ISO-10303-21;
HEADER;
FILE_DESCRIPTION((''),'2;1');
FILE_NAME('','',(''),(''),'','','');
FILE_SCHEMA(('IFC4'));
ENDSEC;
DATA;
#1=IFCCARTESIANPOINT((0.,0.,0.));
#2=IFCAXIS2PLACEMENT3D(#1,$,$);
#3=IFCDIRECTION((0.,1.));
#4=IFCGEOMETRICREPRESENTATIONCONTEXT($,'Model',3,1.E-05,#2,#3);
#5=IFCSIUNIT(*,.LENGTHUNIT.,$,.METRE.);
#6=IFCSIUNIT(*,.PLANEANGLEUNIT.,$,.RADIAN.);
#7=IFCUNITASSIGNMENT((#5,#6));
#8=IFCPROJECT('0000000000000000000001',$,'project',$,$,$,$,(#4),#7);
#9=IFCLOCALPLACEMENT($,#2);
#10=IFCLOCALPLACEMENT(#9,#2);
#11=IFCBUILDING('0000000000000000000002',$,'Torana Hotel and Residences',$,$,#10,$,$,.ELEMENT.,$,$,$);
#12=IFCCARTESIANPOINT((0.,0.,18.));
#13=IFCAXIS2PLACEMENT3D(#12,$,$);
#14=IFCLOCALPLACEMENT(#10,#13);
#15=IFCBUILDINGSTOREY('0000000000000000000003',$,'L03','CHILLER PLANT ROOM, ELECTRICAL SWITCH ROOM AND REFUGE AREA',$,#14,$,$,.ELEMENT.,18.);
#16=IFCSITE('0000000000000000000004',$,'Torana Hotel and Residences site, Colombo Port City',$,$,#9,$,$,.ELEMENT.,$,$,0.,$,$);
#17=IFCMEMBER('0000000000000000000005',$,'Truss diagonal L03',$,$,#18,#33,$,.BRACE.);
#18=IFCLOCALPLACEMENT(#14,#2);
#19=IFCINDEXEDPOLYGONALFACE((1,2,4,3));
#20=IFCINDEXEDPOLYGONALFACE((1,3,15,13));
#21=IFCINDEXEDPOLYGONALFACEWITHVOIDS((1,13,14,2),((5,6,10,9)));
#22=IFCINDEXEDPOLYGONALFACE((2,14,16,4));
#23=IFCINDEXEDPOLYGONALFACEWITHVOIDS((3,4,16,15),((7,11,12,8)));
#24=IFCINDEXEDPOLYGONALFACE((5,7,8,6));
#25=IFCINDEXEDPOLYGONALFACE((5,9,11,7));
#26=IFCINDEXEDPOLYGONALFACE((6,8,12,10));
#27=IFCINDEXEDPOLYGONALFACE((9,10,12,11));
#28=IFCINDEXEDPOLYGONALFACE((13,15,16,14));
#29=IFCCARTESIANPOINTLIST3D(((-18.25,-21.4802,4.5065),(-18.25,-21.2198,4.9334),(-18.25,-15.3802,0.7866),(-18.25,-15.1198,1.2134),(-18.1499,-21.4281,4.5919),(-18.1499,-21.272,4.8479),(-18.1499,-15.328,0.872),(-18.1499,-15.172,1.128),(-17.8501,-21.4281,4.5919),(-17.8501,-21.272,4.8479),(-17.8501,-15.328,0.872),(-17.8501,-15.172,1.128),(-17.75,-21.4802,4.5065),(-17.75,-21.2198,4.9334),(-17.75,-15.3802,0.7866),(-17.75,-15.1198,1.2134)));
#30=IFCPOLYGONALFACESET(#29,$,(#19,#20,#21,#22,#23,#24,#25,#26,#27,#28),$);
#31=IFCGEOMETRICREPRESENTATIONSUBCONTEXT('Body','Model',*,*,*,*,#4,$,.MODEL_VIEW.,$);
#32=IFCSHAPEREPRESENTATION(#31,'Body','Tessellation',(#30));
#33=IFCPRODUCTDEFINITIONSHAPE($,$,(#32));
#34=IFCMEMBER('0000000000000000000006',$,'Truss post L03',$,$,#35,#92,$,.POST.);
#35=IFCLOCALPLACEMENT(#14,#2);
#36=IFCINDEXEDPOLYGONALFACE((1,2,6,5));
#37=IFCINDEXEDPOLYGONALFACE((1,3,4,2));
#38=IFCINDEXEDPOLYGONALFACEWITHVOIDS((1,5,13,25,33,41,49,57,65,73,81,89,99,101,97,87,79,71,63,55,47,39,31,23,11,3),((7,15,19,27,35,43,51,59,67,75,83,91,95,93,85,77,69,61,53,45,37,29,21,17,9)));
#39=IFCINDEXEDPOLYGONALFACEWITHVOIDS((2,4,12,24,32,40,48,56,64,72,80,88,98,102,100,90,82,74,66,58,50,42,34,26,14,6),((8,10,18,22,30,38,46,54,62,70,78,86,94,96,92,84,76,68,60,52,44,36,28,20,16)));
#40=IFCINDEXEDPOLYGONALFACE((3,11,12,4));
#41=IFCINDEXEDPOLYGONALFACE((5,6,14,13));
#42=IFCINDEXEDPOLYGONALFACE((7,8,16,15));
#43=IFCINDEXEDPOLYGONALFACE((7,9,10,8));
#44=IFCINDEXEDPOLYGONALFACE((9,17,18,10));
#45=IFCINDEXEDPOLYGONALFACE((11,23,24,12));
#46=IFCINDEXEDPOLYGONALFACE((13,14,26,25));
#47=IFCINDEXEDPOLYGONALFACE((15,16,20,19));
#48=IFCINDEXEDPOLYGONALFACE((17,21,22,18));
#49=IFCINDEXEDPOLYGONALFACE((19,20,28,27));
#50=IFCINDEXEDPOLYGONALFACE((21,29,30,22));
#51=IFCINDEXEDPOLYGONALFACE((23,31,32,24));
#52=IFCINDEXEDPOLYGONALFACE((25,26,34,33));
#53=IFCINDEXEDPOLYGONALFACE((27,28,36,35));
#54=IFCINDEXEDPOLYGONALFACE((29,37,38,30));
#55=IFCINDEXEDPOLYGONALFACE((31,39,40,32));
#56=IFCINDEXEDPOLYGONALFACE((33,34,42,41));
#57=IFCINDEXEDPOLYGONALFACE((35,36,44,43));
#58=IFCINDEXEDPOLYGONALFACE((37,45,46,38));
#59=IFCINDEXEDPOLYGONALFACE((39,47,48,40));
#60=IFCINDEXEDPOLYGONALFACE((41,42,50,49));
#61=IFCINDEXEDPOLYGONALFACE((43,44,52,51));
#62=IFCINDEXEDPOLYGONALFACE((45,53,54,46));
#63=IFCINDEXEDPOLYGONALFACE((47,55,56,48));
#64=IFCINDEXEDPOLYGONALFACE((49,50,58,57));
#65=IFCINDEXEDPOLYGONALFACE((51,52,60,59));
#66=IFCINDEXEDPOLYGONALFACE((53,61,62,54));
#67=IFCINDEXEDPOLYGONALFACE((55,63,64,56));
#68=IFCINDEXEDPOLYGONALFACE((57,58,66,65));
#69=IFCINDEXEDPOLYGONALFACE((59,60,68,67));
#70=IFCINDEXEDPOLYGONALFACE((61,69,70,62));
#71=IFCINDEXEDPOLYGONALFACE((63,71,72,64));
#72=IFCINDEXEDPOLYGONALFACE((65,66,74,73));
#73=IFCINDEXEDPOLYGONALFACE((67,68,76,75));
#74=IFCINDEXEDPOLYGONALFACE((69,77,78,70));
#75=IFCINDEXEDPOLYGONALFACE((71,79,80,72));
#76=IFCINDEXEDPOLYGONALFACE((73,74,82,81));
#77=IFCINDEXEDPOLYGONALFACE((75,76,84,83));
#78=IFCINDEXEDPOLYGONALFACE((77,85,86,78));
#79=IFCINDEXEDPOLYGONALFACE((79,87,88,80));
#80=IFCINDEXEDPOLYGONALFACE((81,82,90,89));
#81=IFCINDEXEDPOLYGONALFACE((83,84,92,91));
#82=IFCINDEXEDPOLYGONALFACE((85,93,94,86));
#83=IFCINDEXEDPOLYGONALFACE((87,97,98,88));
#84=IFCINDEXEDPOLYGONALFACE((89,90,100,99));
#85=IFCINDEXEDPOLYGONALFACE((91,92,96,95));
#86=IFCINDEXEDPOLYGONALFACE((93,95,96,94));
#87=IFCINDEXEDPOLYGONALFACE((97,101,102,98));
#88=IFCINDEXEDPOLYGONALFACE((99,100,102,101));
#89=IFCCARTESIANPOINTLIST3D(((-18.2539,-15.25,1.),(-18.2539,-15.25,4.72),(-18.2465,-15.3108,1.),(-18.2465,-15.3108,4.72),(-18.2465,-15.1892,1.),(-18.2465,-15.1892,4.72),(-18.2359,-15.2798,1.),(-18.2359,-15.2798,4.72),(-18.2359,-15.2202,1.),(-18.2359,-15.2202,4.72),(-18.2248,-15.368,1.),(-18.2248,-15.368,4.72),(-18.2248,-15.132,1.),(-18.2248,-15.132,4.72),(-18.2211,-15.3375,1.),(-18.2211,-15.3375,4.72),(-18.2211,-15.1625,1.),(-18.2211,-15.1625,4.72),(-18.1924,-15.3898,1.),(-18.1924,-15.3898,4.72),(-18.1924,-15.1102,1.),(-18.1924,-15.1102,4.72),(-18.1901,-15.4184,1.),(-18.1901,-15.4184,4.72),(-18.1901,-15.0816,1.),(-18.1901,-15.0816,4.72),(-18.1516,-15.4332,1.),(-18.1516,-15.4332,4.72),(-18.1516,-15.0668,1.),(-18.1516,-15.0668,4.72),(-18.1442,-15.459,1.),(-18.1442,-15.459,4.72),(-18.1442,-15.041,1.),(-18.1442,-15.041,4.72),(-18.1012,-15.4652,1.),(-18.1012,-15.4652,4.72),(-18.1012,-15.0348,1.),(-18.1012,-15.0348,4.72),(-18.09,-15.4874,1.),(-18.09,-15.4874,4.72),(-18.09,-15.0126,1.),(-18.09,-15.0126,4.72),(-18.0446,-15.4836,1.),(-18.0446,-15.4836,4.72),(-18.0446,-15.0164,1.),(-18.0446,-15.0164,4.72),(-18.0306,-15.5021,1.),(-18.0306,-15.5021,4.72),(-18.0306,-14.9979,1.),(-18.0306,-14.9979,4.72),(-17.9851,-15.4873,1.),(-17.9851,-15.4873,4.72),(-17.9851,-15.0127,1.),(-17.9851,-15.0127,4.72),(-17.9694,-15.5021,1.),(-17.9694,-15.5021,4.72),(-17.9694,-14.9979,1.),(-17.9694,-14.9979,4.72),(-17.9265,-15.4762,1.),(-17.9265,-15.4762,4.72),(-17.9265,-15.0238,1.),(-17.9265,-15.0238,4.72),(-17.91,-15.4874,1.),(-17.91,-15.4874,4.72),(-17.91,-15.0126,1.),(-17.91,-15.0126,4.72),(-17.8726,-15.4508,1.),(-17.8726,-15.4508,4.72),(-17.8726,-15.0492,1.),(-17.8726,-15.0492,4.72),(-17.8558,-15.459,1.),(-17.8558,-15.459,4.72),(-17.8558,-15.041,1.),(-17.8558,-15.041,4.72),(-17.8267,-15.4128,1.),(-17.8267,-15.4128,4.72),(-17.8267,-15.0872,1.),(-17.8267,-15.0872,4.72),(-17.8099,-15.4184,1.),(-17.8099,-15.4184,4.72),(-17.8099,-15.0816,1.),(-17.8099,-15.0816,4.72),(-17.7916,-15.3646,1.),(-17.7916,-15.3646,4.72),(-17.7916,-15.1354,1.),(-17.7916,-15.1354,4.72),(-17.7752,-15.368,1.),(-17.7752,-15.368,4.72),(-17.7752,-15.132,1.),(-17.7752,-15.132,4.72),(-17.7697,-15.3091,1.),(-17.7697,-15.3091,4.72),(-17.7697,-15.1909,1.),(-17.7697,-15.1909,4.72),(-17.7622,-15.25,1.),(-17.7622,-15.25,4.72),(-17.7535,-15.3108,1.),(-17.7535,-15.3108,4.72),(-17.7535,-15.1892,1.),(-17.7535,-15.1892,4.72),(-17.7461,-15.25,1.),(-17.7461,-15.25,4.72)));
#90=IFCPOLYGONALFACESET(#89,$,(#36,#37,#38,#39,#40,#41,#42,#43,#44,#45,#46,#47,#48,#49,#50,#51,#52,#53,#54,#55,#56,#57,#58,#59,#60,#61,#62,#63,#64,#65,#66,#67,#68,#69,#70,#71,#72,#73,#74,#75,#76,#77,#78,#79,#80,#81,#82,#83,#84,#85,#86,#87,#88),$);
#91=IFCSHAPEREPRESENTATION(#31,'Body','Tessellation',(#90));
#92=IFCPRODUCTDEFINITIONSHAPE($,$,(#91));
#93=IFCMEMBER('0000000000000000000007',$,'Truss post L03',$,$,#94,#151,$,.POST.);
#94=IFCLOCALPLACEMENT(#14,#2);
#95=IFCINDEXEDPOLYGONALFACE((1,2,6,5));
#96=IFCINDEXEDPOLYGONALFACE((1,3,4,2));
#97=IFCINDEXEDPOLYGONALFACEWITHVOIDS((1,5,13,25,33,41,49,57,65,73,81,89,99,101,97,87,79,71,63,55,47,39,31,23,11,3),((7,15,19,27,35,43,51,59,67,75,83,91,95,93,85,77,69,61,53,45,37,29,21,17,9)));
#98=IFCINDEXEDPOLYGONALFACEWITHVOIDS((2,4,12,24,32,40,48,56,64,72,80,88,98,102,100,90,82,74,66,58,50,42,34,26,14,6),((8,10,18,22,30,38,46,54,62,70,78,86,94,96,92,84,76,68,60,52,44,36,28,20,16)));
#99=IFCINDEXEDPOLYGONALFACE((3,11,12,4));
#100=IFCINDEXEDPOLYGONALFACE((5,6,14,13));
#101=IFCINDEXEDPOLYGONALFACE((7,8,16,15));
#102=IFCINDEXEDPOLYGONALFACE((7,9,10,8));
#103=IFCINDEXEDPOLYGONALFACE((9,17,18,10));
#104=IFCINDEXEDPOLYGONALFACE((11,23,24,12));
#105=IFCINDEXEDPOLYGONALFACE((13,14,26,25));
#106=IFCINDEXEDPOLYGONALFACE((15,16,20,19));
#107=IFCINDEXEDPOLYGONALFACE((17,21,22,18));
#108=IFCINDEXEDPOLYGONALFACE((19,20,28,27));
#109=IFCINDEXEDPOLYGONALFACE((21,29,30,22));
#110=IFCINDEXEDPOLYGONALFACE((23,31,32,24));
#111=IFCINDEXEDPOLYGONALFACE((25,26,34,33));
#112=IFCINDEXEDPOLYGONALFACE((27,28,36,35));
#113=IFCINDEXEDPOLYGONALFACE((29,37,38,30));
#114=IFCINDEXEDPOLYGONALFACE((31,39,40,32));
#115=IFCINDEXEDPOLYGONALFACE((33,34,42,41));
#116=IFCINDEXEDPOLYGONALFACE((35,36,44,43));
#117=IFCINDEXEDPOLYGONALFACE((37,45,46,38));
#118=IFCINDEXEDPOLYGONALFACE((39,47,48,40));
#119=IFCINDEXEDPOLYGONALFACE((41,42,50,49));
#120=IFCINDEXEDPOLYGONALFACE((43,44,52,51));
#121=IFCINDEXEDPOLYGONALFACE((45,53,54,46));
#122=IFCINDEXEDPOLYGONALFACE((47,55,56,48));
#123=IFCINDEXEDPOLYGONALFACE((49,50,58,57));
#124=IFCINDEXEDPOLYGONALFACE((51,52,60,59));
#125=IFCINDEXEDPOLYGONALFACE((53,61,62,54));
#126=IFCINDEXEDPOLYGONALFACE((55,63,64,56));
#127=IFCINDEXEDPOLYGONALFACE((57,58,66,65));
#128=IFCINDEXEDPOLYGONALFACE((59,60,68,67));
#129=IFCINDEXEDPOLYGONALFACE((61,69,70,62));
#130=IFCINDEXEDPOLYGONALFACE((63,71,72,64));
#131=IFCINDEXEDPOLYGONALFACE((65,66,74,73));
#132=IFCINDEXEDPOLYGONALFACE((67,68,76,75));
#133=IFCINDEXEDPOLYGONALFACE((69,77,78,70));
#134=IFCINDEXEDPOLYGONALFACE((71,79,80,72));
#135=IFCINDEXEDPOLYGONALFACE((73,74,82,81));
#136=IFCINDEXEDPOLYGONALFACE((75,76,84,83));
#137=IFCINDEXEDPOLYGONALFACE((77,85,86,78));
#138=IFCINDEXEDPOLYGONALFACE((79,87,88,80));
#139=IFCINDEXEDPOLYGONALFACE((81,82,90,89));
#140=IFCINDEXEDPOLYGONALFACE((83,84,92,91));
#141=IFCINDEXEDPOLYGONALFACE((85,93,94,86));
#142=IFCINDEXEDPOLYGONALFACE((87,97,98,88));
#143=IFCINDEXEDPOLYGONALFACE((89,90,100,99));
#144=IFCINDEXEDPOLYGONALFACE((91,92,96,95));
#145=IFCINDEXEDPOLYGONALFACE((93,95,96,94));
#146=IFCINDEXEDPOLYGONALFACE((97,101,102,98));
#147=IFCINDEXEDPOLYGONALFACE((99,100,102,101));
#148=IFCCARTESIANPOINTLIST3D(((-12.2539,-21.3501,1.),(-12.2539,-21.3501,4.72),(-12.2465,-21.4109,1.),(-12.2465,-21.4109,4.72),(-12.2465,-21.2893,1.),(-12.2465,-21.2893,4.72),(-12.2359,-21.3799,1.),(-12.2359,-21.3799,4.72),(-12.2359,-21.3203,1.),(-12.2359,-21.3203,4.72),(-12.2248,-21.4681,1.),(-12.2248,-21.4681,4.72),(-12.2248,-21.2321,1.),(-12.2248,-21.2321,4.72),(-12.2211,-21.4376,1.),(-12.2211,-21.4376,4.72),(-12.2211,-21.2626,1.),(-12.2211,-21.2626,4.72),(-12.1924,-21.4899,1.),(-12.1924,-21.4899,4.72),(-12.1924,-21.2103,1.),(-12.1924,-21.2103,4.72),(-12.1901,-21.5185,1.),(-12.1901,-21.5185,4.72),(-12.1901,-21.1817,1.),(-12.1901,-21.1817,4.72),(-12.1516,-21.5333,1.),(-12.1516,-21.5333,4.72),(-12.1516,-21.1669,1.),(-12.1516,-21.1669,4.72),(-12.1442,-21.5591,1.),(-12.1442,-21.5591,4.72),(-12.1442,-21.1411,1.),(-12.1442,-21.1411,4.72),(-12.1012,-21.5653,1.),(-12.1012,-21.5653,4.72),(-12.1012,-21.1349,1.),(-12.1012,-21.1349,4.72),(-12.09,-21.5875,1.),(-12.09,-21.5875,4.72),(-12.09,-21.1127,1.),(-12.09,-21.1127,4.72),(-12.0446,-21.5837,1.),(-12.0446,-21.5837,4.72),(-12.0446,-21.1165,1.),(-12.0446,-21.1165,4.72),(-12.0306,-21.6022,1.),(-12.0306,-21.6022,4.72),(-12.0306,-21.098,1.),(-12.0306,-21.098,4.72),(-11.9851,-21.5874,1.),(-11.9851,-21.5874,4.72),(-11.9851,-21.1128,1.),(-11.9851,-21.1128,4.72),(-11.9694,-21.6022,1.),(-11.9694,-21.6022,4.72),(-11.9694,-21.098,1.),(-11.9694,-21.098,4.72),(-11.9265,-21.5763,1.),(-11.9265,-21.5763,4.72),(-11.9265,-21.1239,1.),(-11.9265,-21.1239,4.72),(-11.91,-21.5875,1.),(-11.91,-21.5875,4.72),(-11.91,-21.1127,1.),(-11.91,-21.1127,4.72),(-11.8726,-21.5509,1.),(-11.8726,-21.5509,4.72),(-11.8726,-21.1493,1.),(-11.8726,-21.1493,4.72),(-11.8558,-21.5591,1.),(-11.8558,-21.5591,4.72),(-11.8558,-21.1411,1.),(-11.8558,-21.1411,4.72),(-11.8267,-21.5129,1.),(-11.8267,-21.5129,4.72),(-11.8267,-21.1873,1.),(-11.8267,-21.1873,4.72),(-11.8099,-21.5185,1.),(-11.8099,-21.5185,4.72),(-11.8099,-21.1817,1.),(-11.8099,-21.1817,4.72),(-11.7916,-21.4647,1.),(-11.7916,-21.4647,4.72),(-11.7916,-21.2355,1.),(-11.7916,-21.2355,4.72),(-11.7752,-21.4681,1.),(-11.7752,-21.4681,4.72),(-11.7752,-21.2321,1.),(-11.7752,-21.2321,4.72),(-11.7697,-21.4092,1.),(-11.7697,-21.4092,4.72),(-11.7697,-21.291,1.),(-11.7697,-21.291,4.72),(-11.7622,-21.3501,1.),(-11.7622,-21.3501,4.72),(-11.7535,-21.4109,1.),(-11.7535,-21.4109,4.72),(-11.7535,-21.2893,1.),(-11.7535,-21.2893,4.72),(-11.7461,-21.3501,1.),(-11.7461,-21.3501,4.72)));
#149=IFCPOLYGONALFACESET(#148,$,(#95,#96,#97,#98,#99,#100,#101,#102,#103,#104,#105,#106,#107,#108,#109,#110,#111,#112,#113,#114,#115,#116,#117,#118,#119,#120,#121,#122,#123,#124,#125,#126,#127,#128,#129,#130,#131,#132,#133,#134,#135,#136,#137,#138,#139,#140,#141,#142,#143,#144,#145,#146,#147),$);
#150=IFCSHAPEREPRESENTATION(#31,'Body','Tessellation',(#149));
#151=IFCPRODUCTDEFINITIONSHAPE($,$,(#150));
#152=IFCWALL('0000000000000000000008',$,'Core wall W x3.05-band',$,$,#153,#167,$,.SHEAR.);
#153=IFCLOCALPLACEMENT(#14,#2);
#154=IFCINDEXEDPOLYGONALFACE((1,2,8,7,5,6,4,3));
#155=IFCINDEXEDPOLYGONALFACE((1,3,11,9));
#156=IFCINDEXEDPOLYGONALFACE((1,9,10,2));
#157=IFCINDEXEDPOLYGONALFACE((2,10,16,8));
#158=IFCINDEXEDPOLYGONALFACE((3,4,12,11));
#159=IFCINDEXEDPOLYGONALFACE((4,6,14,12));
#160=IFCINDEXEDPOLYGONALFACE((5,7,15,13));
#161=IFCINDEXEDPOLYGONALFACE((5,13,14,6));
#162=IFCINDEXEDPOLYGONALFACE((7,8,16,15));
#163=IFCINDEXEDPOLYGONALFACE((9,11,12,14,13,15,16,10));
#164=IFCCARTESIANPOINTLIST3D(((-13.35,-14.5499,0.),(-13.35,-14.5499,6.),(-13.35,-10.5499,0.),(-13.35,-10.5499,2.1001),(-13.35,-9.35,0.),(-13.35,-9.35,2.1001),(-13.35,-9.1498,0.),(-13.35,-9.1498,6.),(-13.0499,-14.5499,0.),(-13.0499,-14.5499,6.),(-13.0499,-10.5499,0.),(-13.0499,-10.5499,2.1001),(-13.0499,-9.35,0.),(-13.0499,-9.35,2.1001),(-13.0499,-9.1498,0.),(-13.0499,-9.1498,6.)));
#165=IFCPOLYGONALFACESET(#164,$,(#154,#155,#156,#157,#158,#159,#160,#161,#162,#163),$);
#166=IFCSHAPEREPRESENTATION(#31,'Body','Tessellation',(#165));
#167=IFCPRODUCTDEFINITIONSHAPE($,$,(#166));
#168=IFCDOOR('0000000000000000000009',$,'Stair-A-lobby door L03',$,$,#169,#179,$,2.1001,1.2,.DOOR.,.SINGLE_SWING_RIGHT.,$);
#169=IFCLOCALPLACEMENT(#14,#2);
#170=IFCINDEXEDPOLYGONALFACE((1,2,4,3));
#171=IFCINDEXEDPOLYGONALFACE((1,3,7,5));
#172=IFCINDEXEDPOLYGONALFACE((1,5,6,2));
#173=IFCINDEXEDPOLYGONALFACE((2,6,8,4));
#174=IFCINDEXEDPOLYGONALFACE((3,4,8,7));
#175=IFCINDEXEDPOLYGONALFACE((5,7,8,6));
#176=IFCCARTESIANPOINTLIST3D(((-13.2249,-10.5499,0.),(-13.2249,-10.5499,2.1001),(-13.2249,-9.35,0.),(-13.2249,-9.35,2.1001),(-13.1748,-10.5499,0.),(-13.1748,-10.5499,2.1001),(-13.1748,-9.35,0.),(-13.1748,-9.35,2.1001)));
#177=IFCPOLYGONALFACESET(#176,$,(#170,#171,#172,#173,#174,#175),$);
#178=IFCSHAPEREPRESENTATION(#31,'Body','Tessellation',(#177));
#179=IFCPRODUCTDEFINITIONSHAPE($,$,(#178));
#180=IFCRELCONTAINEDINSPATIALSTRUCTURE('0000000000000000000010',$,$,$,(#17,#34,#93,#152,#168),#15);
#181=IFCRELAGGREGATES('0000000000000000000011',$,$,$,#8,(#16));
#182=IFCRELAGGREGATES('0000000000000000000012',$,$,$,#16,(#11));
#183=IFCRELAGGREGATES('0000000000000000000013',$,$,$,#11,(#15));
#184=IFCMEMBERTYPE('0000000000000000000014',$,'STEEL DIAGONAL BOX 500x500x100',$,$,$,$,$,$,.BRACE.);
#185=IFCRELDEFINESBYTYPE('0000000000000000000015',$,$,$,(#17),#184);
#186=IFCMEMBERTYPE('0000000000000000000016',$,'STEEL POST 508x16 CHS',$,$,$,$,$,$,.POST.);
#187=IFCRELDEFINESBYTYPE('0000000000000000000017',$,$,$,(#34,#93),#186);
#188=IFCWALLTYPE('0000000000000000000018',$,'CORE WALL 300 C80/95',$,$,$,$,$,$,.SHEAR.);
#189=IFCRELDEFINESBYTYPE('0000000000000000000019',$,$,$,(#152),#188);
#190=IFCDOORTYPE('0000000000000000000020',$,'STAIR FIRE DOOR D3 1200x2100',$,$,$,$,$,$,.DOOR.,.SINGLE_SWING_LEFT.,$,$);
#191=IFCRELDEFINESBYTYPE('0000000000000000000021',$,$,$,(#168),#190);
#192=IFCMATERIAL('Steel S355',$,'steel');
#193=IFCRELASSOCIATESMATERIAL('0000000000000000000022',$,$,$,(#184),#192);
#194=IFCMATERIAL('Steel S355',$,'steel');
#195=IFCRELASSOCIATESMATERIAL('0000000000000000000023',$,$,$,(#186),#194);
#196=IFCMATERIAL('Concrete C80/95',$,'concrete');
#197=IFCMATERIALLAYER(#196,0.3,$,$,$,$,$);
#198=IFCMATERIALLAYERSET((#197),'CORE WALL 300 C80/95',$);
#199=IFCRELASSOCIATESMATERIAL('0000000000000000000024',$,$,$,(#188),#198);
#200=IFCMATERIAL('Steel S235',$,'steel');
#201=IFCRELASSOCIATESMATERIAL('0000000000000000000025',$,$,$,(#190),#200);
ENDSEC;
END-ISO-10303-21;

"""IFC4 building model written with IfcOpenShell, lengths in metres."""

from ifc_helpers import new_model, si_unit, direction, frame, frame_2d, origin, origin_2d, place, context, subcontext, project, spatial, rectangle, hollow_rectangle, hollow_circle, extrude, material, layer, layer_set, material_profile, profile_set, type_object, element, fill, save


model = new_model("IFC4")

# Units and contexts
model_context = context("Model", 3, precision=1e-05, world=origin(), true_north=direction((0.0, 1.0)))
body_context = subcontext(model_context, "Body", "Model", "MODEL_VIEW")
ifc_project = project(units=[si_unit("LENGTHUNIT", "METRE"), si_unit("PLANEANGLEUNIT", "RADIAN")], contexts=[model_context])

# Site, building, storey
site_placement = place(None, origin())
site = spatial("IfcSite", under=ifc_project, at=site_placement, Name="Torana Hotel and Residences site, Colombo Port City", CompositionType="ELEMENT", RefElevation=0.0)
building_placement = place(site_placement, origin())
building = spatial("IfcBuilding", under=site, at=building_placement, Name="Torana Hotel and Residences", CompositionType="ELEMENT")
storey_placement = place(building_placement, frame((0.0, 0.0, 18.0)))
storey = spatial("IfcBuildingStorey", under=building, at=storey_placement, Name="L03", Description="CHILLER PLANT ROOM, ELECTRICAL SWITCH ROOM AND REFUGE AREA", CompositionType="ELEMENT", Elevation=18.0)

# Members
ifc_material_1 = material(Name="Steel S355", Category="steel")
ifc_material_profile_1 = material_profile(ifc_material_1, hollow_rectangle(XDim=0.5, YDim=0.5, WallThickness=0.1001, at=origin_2d()), Name="BOX 500x500x100")
ifc_profile_set_1 = profile_set([ifc_material_profile_1], Name="Steel S355")
member_type_1 = type_object("IfcMemberType", Name="STEEL DIAGONAL BOX 500x500x100", PredefinedType="BRACE", material=ifc_profile_set_1)
member_placement = place(storey_placement, frame((-18.0, -15.25, 1.0), z_axis=(0.0, -0.853771, 0.520648), x_axis=(1.0, 0.0, 0.0)))
element("IfcMember", 1, at=member_placement, inside=storey, type_object=member_type_1, Name="Truss diagonal L03", PredefinedType="BRACE", context=body_context, shape_type="SweptSolid", body=[
    extrude(hollow_rectangle(XDim=0.5, YDim=0.5, WallThickness=0.1001, at=origin_2d()), origin(), (0.0, 0.0, 1.0), 7.1448),
])
ifc_material_2 = material(Name="Steel S355", Category="steel")
ifc_material_profile_2 = material_profile(ifc_material_2, hollow_circle(Radius=0.2539, WallThickness=0.0161, at=origin_2d()), Name="508x16 CHS")
ifc_profile_set_2 = profile_set([ifc_material_profile_2], Name="Steel S355")
member_type_2 = type_object("IfcMemberType", Name="STEEL POST 508x16 CHS", PredefinedType="POST", material=ifc_profile_set_2)
for number, where, z_axis, x_axis, name in (
    (2, (-18.0, -15.25, 1.0), (0.0, 0.0, 1.0), (1.0, 0.0, 0.0), "Truss post L03"),
    (3, (-12.0, -21.3501, 1.0), (0.0, 0.0, 1.0), (1.0, 0.0, 0.0), "Truss post L03"),
):
    element("IfcMember", number, at=place(storey_placement, frame(where, z_axis=z_axis, x_axis=x_axis)), inside=storey, type_object=member_type_2, Name=name, PredefinedType="POST", context=body_context, shape_type="SweptSolid", body=[
        extrude(hollow_circle(Radius=0.2539, WallThickness=0.0161, at=origin_2d()), origin(), (0.0, 0.0, 1.0), 3.72),
    ])

# Wall, opening, door
ifc_material_3 = material(Name="Concrete C80/95", Category="concrete")
ifc_layer_1 = layer(ifc_material_3, 0.3)
ifc_layer_set_1 = layer_set([ifc_layer_1], Name="CORE WALL 300 C80/95")
wall_type_1 = type_object("IfcWallType", Name="CORE WALL 300 C80/95", PredefinedType="SHEAR", material=ifc_layer_set_1)
wall_1_placement = place(storey_placement, frame((-13.2, -14.55, 0.0), z_axis=(0.0, 0.0, 1.0), x_axis=(0.0, 1.0, 0.0)))
wall_1 = element("IfcWall", 4, at=wall_1_placement, inside=storey, type_object=wall_type_1, Name="Core wall W x3.05-band", PredefinedType="SHEAR", context=body_context, shape_type="SweptSolid", body=[
    extrude(rectangle(XDim=5.4001, YDim=0.3, at=frame_2d((2.7002, 0.0))), origin(), (0.0, 0.0, 1.0), 6.0),
])
opening_1_placement = place(wall_1_placement, frame((4.0, 0.0, 0.0)))
opening_1 = element("IfcOpeningElement", 5, at=opening_1_placement, cuts=wall_1, PredefinedType="OPENING", context=body_context, shape_type="SweptSolid", body=[
    extrude(rectangle(XDim=1.2, YDim=2.1001, at=frame_2d((0.6001, 1.05))), frame((0.0, 0.1599, 0.0), z_axis=(0.0, -1.0, 0.0), x_axis=(1.0, 0.0, 0.0)), (0.0, 0.0, 1.0), 0.3201),
])
ifc_material_4 = material(Name="Steel S235", Category="steel")
door_type = type_object("IfcDoorType", Name="STAIR FIRE DOOR D3 1200x2100", OperationType="SINGLE_SWING_LEFT", PredefinedType="DOOR", material=ifc_material_4)
door_1_placement = place(opening_1_placement, frame((0.6001, 0.0, 0.0), z_axis=(0.0, 0.0, 1.0), x_axis=(-1.0, 0.0, 0.0)))
door_1 = element("IfcDoor", 6, at=door_1_placement, inside=storey, type_object=door_type, Name="Stair-A-lobby door L03", OperationType="SINGLE_SWING_RIGHT", OverallHeight=2.1001, OverallWidth=1.2, PredefinedType="DOOR", context=body_context, shape_type="SweptSolid", body=[
    extrude(rectangle(XDim=1.2, YDim=2.1001, at=frame_2d((0.0, 1.05))), frame((0.0, -0.0249, 0.0), z_axis=(0.0, 1.0, 0.0), x_axis=(-1.0, 0.0, 0.0)), (0.0, 0.0, 1.0), 0.05),
])
fill(opening_1, door_1)

save(model, "model.ifc")
